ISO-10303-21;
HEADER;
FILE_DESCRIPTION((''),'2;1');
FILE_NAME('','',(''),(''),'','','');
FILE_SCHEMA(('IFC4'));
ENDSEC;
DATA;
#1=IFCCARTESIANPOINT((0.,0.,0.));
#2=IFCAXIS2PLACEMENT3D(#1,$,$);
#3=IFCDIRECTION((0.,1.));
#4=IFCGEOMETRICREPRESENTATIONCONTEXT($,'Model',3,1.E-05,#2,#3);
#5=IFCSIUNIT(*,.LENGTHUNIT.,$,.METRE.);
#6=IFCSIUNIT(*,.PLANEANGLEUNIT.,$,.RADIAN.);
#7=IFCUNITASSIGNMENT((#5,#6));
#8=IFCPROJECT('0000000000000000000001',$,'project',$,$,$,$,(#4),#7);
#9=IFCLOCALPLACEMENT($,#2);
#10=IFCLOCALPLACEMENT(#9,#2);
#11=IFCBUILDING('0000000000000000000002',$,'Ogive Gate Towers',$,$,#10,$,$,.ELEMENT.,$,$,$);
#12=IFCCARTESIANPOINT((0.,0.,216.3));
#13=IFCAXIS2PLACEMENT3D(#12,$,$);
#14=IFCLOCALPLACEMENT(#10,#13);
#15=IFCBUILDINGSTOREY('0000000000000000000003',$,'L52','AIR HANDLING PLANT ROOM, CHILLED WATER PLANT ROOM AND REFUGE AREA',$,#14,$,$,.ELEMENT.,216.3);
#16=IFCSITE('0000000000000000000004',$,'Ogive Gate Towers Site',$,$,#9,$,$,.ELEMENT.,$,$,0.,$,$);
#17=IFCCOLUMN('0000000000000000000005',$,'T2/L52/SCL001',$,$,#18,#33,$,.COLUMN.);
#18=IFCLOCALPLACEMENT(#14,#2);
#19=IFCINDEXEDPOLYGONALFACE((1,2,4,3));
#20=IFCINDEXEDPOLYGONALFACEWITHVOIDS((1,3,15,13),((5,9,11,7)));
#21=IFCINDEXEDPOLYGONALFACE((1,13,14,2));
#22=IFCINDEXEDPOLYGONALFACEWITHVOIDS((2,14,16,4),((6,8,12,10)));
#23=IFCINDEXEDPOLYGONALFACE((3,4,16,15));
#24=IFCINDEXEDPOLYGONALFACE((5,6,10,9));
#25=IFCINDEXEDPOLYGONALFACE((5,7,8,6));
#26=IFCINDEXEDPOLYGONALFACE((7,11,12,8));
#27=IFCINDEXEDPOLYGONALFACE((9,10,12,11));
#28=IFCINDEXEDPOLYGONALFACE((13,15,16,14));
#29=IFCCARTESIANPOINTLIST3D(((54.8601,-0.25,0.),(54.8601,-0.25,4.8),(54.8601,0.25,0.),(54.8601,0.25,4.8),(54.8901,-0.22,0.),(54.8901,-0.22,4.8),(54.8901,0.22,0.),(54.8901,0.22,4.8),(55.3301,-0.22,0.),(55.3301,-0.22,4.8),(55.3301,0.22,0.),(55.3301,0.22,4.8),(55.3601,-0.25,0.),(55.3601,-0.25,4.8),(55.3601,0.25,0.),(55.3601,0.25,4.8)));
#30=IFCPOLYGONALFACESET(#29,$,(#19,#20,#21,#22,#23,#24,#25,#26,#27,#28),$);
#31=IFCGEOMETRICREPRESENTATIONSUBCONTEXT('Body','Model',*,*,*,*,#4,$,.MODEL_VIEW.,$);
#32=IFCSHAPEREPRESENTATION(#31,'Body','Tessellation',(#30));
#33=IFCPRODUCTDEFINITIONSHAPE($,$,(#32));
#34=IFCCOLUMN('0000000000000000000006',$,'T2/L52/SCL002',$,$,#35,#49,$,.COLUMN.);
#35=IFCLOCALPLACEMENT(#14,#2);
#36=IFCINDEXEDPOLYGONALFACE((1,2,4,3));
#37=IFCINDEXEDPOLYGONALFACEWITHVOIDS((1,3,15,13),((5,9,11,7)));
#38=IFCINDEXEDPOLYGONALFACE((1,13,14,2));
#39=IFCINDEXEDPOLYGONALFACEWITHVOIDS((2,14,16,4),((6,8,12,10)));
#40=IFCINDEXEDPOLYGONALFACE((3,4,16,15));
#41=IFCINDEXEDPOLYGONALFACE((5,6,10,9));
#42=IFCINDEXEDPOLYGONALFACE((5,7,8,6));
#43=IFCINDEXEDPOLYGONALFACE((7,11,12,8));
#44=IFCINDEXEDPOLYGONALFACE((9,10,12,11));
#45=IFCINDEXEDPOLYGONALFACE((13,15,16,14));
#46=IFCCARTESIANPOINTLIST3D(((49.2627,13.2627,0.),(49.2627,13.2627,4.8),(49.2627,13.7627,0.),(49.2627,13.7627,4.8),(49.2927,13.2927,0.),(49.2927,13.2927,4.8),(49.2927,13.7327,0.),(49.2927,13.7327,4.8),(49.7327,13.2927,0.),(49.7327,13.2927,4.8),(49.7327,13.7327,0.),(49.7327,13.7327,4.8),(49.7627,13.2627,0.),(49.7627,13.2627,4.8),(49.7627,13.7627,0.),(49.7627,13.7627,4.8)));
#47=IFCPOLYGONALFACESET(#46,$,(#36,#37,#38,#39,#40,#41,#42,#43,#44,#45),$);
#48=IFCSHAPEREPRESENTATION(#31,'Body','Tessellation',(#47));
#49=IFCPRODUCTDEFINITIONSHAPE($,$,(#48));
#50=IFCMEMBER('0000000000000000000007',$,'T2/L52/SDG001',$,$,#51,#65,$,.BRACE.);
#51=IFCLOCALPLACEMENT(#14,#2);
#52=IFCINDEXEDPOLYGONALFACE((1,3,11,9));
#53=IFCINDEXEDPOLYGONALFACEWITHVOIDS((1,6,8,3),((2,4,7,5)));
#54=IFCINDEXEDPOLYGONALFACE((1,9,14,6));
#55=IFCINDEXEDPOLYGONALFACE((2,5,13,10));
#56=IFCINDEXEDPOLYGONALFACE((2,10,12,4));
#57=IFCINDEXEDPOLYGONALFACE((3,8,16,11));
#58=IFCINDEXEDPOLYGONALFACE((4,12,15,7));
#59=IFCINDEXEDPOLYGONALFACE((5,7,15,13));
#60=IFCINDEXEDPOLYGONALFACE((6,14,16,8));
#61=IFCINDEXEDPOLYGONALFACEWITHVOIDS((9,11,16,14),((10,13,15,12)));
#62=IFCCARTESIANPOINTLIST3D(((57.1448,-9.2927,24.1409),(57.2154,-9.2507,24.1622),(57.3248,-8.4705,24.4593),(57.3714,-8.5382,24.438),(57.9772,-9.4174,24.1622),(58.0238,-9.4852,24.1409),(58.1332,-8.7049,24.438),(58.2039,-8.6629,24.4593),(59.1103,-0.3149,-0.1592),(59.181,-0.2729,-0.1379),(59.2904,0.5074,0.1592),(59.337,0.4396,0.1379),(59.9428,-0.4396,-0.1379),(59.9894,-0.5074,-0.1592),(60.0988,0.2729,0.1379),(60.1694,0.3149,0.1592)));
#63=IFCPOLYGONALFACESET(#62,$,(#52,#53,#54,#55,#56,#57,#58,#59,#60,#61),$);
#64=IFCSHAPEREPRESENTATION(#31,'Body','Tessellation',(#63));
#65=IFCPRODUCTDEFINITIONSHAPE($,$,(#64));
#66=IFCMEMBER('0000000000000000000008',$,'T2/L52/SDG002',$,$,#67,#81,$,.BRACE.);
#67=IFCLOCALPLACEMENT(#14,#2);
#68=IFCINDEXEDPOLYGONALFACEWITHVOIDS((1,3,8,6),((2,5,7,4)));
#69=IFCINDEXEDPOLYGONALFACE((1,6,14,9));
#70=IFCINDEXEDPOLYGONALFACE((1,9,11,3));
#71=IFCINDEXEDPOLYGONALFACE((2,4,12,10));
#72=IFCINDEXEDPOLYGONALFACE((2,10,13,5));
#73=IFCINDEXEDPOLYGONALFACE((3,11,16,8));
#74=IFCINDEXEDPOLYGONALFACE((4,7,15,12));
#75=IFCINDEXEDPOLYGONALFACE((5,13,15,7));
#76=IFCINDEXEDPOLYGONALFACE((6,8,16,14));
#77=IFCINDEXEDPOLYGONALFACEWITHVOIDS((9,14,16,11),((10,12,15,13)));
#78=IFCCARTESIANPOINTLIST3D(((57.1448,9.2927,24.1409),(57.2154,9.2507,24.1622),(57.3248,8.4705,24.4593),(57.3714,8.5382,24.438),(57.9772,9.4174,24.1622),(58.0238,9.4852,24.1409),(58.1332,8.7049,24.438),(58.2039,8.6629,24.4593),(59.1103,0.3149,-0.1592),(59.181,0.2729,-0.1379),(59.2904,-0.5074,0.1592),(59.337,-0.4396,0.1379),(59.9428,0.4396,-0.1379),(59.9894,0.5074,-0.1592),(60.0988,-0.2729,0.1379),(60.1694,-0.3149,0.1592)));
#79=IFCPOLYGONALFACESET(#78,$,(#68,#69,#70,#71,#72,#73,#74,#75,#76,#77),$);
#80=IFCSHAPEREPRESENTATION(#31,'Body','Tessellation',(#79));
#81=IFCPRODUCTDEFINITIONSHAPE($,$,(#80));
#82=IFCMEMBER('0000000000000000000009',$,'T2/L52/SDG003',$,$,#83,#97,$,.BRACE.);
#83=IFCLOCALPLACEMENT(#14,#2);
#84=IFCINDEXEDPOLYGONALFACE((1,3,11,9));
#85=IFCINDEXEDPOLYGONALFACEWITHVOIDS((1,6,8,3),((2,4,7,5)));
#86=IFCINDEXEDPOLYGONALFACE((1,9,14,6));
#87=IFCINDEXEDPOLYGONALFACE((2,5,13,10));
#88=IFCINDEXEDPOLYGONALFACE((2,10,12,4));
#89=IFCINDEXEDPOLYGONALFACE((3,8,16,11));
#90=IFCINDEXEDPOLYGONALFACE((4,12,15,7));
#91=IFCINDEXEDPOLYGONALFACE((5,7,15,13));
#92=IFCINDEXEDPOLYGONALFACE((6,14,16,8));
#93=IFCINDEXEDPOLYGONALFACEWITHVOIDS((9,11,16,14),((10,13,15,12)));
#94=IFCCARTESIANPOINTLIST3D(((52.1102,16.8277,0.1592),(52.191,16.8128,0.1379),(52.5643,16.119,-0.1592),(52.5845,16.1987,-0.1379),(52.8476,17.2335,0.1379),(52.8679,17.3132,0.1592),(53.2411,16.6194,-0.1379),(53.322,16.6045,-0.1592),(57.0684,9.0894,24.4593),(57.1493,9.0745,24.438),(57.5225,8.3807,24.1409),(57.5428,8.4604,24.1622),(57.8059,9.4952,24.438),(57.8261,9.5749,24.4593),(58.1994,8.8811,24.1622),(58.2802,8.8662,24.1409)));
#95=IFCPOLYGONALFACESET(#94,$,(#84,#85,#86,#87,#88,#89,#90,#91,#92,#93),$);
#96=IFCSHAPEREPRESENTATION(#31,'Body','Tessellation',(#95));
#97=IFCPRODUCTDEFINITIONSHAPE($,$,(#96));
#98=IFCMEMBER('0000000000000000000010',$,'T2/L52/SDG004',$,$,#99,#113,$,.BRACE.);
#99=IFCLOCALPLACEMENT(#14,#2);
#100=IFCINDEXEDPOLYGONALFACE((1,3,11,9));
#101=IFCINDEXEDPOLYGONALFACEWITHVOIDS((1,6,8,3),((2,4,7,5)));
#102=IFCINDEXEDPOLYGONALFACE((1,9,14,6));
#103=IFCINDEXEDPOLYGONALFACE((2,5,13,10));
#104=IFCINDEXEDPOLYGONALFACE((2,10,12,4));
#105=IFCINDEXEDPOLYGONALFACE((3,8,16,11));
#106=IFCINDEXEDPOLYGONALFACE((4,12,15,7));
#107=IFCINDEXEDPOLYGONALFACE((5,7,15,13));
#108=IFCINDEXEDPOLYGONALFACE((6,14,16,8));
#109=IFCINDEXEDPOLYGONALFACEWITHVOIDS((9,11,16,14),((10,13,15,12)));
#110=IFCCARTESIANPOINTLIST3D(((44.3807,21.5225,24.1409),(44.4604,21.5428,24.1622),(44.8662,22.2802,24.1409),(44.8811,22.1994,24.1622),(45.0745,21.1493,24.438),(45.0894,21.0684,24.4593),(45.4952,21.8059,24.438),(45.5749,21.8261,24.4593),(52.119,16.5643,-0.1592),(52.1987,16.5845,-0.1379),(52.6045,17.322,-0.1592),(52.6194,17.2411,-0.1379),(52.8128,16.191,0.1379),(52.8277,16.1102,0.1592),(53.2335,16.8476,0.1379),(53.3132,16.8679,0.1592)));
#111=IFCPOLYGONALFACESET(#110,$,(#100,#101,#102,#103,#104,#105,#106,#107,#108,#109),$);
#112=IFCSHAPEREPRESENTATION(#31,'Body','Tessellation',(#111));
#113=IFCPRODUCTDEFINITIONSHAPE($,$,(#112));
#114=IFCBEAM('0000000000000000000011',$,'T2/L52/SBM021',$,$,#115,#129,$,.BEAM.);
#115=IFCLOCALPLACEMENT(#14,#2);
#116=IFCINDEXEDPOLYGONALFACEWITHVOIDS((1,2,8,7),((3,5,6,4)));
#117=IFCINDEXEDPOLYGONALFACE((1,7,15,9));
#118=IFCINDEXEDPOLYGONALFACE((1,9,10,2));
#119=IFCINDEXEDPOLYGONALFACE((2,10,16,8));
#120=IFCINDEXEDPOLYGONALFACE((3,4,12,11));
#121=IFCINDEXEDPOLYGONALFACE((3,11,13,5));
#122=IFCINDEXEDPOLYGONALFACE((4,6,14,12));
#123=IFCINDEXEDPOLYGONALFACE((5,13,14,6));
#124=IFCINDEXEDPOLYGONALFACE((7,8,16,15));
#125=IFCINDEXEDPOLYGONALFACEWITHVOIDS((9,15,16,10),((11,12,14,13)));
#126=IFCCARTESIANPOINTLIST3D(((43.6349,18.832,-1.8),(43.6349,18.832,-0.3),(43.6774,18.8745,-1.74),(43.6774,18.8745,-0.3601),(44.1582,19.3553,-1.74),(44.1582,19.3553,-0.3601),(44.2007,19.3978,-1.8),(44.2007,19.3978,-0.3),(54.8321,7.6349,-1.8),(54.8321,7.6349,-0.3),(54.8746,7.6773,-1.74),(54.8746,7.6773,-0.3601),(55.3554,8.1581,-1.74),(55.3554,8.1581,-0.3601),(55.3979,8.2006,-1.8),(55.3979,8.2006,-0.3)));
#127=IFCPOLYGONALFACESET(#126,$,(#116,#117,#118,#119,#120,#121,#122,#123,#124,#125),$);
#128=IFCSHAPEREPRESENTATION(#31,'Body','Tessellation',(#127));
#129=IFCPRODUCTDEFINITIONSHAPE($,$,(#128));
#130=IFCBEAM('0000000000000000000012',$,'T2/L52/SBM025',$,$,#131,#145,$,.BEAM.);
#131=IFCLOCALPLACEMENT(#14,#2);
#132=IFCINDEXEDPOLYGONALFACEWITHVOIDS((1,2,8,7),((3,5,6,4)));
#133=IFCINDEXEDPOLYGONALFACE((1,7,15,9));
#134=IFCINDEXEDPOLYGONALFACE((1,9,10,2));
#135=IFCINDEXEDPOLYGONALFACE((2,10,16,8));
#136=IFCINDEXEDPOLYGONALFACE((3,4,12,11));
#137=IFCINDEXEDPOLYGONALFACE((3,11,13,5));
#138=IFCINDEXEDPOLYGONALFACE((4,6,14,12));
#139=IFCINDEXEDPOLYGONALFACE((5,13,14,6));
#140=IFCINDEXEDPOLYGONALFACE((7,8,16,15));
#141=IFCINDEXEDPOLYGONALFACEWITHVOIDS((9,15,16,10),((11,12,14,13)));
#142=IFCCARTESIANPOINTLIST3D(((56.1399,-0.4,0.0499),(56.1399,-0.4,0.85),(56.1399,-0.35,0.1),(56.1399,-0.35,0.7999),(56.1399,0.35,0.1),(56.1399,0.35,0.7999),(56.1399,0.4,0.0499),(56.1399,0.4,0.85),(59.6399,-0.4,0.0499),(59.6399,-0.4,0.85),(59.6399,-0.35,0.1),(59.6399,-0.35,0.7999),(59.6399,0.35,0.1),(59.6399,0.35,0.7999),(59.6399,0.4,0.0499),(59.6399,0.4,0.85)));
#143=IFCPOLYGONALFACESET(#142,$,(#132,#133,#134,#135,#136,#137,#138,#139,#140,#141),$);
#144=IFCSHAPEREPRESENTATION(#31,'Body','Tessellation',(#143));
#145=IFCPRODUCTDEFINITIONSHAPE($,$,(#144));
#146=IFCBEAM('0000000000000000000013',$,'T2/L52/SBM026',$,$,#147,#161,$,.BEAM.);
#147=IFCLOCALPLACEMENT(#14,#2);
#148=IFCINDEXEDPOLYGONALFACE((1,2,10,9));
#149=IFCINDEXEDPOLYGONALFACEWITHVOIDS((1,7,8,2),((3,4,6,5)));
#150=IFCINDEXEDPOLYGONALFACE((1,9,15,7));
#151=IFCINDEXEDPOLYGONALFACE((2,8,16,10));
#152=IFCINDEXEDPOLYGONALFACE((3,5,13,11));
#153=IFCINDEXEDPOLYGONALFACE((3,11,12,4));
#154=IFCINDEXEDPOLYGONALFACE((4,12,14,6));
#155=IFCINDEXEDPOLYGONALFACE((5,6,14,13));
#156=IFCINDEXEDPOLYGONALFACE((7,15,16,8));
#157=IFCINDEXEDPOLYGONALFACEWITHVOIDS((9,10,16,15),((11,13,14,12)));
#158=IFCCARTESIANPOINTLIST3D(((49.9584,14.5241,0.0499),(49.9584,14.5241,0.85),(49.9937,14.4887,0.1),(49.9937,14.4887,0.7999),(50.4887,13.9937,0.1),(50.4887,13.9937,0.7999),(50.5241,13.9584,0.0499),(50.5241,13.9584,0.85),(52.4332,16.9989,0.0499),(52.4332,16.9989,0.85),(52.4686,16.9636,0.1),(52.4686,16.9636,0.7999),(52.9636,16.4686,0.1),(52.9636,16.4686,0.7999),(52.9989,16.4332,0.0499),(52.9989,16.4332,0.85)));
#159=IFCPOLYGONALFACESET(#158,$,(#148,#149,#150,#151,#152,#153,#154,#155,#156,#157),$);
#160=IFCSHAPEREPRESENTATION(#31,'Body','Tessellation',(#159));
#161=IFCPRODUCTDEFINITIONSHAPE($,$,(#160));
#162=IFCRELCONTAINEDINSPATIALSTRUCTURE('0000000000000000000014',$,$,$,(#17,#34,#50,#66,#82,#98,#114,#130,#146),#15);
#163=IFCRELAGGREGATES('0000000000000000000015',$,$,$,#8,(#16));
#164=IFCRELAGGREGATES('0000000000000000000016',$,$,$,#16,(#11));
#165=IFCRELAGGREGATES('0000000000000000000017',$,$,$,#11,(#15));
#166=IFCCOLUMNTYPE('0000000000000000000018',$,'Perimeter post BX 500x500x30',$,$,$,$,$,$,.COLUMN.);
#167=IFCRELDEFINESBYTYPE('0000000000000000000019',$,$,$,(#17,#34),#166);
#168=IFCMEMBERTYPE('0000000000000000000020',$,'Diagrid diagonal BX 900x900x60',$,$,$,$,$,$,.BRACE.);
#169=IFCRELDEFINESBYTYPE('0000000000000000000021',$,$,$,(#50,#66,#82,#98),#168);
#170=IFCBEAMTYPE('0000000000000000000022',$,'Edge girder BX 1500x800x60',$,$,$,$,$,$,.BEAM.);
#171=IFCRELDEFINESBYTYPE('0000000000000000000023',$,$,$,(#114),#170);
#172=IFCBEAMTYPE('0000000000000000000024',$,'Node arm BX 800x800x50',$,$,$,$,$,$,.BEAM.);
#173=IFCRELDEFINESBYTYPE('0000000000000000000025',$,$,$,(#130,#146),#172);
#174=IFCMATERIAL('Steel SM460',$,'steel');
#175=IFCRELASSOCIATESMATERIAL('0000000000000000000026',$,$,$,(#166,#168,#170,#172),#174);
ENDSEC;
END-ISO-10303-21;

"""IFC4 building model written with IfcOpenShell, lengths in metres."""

from ifc_helpers import new_model, si_unit, direction, frame, origin, origin_2d, place, context, subcontext, project, spatial, hollow_rectangle, extrude, material, material_profile, profile_set, type_object, element, save


model = new_model("IFC4")

# Units and contexts
model_context = context("Model", 3, precision=1e-05, world=origin(), true_north=direction((0.0, 1.0)))
body_context = subcontext(model_context, "Body", "Model", "MODEL_VIEW")
ifc_project = project(units=[si_unit("LENGTHUNIT", "METRE"), si_unit("PLANEANGLEUNIT", "RADIAN")], contexts=[model_context])

# Site, building, storey
site_placement = place(None, origin())
site = spatial("IfcSite", under=ifc_project, at=site_placement, Name="Ogive Gate Towers Site", CompositionType="ELEMENT", RefElevation=0.0)
building_placement = place(site_placement, origin())
building = spatial("IfcBuilding", under=site, at=building_placement, Name="Ogive Gate Towers", CompositionType="ELEMENT")
storey_placement = place(building_placement, frame((0.0, 0.0, 216.3)))
storey = spatial("IfcBuildingStorey", under=building, at=storey_placement, Name="L52", Description="AIR HANDLING PLANT ROOM, CHILLED WATER PLANT ROOM AND REFUGE AREA", CompositionType="ELEMENT", Elevation=216.3)

# Columns
ifc_material_1 = material(Name="Steel SM460", Category="steel")
ifc_material_profile_1 = material_profile(ifc_material_1, hollow_rectangle(XDim=0.5, YDim=0.5, WallThickness=0.03, at=origin_2d()), Name="BX 500x500x30")
ifc_profile_set_1 = profile_set([ifc_material_profile_1], Name="Steel SM460")
column_type = type_object("IfcColumnType", Name="Perimeter post BX 500x500x30", PredefinedType="COLUMN", material=ifc_profile_set_1)
for number, where, z_axis, x_axis, name in (
    (1, (55.1101, 0.0, 0.0), (0.0, 0.0, 1.0), (1.0, 0.0, 0.0), "T2/L52/SCL001"),
    (2, (49.5127, 13.5127, 0.0), (0.0, 0.0, 1.0), (1.0, 0.0, 0.0), "T2/L52/SCL002"),
):
    element("IfcColumn", number, at=place(storey_placement, frame(where, z_axis=z_axis, x_axis=x_axis)), inside=storey, type_object=column_type, Name=name, PredefinedType="COLUMN", context=body_context, shape_type="SweptSolid", body=[
        extrude(hollow_rectangle(XDim=0.5, YDim=0.5, WallThickness=0.03, at=origin_2d()), origin(), (0.0, 0.0, 1.0), 4.8),
    ])

# Members
ifc_material_profile_2 = material_profile(ifc_material_1, hollow_rectangle(XDim=0.8999, YDim=0.8999, WallThickness=0.0601, at=origin_2d()), Name="BX 900x900x60")
ifc_profile_set_2 = profile_set([ifc_material_profile_2], Name="Steel SM460")
member_type_1 = type_object("IfcMemberType", Name="Diagrid diagonal BX 900x900x60", PredefinedType="BRACE", material=ifc_profile_set_2)
for number, where, z_axis, x_axis, name in (
    (3, (59.6399, 0.0, 0.0), (-0.075658, -0.345566, 0.935339), (0.976862, -0.213872, 0.0), "T2/L52/SDG001"),
    (4, (59.6399, 0.0, 0.0), (-0.075658, 0.345566, 0.935339), (-0.976862, -0.213872, 0.0), "T2/L52/SDG002"),
    (5, (52.7161, 16.7161, 0.0), (0.190849, -0.297856, 0.935339), (0.841987, 0.539498, 0.0), "T2/L52/SDG003"),
    (6, (52.7161, 16.7161, 0.0), (-0.297856, 0.190849, 0.935339), (-0.539498, -0.841987, 0.0), "T2/L52/SDG004"),
):
    element("IfcMember", number, at=place(storey_placement, frame(where, z_axis=z_axis, x_axis=x_axis)), inside=storey, type_object=member_type_1, Name=name, PredefinedType="BRACE", context=body_context, shape_type="SweptSolid", body=[
        extrude(hollow_rectangle(XDim=0.8999, YDim=0.8999, WallThickness=0.0601, at=origin_2d()), origin(), (0.0, 0.0, 1.0), 25.98),
    ])

# Beams
ifc_material_profile_3 = material_profile(ifc_material_1, hollow_rectangle(XDim=0.8, YDim=1.5, WallThickness=0.0601, at=origin_2d()), Name="BX 1500x800x60")
ifc_profile_set_3 = profile_set([ifc_material_profile_3], Name="Steel SM460")
beam_type_1 = type_object("IfcBeamType", Name="Edge girder BX 1500x800x60", PredefinedType="BEAM", material=ifc_profile_set_3)
beam_1_placement = place(storey_placement, frame((55.115, 7.9177, -1.05), z_axis=(-0.707107, 0.707107, 0.0), x_axis=(-0.707107, -0.707107, 0.0)))
element("IfcBeam", 7, at=beam_1_placement, inside=storey, type_object=beam_type_1, Name="T2/L52/SBM021", PredefinedType="BEAM", context=body_context, shape_type="SweptSolid", body=[
    extrude(hollow_rectangle(XDim=0.8, YDim=1.5, WallThickness=0.0601, at=origin_2d()), origin(), (0.0, 0.0, 1.0), 15.8352),
])
ifc_material_profile_4 = material_profile(ifc_material_1, hollow_rectangle(XDim=0.8, YDim=0.8, WallThickness=0.05, at=origin_2d()), Name="BX 800x800x50")
ifc_profile_set_4 = profile_set([ifc_material_profile_4], Name="Steel SM460")
beam_type_2 = type_object("IfcBeamType", Name="Node arm BX 800x800x50", PredefinedType="BEAM", material=ifc_profile_set_4)
for number, where, z_axis, x_axis, name in (
    (8, (56.1399, 0.0, 0.45), (1.0, 0.0, 0.0), (0.0, 1.0, 0.0), "T2/L52/SBM025"),
    (9, (50.2412, 14.2412, 0.45), (0.707107, 0.707107, 0.0), (-0.707107, 0.707107, 0.0), "T2/L52/SBM026"),
):
    element("IfcBeam", number, at=place(storey_placement, frame(where, z_axis=z_axis, x_axis=x_axis)), inside=storey, type_object=beam_type_2, Name=name, PredefinedType="BEAM", context=body_context, shape_type="SweptSolid", body=[
        extrude(hollow_rectangle(XDim=0.8, YDim=0.8, WallThickness=0.05, at=origin_2d()), origin(), (0.0, 0.0, 1.0), 3.5),
    ])

save(model, "model.ifc")
